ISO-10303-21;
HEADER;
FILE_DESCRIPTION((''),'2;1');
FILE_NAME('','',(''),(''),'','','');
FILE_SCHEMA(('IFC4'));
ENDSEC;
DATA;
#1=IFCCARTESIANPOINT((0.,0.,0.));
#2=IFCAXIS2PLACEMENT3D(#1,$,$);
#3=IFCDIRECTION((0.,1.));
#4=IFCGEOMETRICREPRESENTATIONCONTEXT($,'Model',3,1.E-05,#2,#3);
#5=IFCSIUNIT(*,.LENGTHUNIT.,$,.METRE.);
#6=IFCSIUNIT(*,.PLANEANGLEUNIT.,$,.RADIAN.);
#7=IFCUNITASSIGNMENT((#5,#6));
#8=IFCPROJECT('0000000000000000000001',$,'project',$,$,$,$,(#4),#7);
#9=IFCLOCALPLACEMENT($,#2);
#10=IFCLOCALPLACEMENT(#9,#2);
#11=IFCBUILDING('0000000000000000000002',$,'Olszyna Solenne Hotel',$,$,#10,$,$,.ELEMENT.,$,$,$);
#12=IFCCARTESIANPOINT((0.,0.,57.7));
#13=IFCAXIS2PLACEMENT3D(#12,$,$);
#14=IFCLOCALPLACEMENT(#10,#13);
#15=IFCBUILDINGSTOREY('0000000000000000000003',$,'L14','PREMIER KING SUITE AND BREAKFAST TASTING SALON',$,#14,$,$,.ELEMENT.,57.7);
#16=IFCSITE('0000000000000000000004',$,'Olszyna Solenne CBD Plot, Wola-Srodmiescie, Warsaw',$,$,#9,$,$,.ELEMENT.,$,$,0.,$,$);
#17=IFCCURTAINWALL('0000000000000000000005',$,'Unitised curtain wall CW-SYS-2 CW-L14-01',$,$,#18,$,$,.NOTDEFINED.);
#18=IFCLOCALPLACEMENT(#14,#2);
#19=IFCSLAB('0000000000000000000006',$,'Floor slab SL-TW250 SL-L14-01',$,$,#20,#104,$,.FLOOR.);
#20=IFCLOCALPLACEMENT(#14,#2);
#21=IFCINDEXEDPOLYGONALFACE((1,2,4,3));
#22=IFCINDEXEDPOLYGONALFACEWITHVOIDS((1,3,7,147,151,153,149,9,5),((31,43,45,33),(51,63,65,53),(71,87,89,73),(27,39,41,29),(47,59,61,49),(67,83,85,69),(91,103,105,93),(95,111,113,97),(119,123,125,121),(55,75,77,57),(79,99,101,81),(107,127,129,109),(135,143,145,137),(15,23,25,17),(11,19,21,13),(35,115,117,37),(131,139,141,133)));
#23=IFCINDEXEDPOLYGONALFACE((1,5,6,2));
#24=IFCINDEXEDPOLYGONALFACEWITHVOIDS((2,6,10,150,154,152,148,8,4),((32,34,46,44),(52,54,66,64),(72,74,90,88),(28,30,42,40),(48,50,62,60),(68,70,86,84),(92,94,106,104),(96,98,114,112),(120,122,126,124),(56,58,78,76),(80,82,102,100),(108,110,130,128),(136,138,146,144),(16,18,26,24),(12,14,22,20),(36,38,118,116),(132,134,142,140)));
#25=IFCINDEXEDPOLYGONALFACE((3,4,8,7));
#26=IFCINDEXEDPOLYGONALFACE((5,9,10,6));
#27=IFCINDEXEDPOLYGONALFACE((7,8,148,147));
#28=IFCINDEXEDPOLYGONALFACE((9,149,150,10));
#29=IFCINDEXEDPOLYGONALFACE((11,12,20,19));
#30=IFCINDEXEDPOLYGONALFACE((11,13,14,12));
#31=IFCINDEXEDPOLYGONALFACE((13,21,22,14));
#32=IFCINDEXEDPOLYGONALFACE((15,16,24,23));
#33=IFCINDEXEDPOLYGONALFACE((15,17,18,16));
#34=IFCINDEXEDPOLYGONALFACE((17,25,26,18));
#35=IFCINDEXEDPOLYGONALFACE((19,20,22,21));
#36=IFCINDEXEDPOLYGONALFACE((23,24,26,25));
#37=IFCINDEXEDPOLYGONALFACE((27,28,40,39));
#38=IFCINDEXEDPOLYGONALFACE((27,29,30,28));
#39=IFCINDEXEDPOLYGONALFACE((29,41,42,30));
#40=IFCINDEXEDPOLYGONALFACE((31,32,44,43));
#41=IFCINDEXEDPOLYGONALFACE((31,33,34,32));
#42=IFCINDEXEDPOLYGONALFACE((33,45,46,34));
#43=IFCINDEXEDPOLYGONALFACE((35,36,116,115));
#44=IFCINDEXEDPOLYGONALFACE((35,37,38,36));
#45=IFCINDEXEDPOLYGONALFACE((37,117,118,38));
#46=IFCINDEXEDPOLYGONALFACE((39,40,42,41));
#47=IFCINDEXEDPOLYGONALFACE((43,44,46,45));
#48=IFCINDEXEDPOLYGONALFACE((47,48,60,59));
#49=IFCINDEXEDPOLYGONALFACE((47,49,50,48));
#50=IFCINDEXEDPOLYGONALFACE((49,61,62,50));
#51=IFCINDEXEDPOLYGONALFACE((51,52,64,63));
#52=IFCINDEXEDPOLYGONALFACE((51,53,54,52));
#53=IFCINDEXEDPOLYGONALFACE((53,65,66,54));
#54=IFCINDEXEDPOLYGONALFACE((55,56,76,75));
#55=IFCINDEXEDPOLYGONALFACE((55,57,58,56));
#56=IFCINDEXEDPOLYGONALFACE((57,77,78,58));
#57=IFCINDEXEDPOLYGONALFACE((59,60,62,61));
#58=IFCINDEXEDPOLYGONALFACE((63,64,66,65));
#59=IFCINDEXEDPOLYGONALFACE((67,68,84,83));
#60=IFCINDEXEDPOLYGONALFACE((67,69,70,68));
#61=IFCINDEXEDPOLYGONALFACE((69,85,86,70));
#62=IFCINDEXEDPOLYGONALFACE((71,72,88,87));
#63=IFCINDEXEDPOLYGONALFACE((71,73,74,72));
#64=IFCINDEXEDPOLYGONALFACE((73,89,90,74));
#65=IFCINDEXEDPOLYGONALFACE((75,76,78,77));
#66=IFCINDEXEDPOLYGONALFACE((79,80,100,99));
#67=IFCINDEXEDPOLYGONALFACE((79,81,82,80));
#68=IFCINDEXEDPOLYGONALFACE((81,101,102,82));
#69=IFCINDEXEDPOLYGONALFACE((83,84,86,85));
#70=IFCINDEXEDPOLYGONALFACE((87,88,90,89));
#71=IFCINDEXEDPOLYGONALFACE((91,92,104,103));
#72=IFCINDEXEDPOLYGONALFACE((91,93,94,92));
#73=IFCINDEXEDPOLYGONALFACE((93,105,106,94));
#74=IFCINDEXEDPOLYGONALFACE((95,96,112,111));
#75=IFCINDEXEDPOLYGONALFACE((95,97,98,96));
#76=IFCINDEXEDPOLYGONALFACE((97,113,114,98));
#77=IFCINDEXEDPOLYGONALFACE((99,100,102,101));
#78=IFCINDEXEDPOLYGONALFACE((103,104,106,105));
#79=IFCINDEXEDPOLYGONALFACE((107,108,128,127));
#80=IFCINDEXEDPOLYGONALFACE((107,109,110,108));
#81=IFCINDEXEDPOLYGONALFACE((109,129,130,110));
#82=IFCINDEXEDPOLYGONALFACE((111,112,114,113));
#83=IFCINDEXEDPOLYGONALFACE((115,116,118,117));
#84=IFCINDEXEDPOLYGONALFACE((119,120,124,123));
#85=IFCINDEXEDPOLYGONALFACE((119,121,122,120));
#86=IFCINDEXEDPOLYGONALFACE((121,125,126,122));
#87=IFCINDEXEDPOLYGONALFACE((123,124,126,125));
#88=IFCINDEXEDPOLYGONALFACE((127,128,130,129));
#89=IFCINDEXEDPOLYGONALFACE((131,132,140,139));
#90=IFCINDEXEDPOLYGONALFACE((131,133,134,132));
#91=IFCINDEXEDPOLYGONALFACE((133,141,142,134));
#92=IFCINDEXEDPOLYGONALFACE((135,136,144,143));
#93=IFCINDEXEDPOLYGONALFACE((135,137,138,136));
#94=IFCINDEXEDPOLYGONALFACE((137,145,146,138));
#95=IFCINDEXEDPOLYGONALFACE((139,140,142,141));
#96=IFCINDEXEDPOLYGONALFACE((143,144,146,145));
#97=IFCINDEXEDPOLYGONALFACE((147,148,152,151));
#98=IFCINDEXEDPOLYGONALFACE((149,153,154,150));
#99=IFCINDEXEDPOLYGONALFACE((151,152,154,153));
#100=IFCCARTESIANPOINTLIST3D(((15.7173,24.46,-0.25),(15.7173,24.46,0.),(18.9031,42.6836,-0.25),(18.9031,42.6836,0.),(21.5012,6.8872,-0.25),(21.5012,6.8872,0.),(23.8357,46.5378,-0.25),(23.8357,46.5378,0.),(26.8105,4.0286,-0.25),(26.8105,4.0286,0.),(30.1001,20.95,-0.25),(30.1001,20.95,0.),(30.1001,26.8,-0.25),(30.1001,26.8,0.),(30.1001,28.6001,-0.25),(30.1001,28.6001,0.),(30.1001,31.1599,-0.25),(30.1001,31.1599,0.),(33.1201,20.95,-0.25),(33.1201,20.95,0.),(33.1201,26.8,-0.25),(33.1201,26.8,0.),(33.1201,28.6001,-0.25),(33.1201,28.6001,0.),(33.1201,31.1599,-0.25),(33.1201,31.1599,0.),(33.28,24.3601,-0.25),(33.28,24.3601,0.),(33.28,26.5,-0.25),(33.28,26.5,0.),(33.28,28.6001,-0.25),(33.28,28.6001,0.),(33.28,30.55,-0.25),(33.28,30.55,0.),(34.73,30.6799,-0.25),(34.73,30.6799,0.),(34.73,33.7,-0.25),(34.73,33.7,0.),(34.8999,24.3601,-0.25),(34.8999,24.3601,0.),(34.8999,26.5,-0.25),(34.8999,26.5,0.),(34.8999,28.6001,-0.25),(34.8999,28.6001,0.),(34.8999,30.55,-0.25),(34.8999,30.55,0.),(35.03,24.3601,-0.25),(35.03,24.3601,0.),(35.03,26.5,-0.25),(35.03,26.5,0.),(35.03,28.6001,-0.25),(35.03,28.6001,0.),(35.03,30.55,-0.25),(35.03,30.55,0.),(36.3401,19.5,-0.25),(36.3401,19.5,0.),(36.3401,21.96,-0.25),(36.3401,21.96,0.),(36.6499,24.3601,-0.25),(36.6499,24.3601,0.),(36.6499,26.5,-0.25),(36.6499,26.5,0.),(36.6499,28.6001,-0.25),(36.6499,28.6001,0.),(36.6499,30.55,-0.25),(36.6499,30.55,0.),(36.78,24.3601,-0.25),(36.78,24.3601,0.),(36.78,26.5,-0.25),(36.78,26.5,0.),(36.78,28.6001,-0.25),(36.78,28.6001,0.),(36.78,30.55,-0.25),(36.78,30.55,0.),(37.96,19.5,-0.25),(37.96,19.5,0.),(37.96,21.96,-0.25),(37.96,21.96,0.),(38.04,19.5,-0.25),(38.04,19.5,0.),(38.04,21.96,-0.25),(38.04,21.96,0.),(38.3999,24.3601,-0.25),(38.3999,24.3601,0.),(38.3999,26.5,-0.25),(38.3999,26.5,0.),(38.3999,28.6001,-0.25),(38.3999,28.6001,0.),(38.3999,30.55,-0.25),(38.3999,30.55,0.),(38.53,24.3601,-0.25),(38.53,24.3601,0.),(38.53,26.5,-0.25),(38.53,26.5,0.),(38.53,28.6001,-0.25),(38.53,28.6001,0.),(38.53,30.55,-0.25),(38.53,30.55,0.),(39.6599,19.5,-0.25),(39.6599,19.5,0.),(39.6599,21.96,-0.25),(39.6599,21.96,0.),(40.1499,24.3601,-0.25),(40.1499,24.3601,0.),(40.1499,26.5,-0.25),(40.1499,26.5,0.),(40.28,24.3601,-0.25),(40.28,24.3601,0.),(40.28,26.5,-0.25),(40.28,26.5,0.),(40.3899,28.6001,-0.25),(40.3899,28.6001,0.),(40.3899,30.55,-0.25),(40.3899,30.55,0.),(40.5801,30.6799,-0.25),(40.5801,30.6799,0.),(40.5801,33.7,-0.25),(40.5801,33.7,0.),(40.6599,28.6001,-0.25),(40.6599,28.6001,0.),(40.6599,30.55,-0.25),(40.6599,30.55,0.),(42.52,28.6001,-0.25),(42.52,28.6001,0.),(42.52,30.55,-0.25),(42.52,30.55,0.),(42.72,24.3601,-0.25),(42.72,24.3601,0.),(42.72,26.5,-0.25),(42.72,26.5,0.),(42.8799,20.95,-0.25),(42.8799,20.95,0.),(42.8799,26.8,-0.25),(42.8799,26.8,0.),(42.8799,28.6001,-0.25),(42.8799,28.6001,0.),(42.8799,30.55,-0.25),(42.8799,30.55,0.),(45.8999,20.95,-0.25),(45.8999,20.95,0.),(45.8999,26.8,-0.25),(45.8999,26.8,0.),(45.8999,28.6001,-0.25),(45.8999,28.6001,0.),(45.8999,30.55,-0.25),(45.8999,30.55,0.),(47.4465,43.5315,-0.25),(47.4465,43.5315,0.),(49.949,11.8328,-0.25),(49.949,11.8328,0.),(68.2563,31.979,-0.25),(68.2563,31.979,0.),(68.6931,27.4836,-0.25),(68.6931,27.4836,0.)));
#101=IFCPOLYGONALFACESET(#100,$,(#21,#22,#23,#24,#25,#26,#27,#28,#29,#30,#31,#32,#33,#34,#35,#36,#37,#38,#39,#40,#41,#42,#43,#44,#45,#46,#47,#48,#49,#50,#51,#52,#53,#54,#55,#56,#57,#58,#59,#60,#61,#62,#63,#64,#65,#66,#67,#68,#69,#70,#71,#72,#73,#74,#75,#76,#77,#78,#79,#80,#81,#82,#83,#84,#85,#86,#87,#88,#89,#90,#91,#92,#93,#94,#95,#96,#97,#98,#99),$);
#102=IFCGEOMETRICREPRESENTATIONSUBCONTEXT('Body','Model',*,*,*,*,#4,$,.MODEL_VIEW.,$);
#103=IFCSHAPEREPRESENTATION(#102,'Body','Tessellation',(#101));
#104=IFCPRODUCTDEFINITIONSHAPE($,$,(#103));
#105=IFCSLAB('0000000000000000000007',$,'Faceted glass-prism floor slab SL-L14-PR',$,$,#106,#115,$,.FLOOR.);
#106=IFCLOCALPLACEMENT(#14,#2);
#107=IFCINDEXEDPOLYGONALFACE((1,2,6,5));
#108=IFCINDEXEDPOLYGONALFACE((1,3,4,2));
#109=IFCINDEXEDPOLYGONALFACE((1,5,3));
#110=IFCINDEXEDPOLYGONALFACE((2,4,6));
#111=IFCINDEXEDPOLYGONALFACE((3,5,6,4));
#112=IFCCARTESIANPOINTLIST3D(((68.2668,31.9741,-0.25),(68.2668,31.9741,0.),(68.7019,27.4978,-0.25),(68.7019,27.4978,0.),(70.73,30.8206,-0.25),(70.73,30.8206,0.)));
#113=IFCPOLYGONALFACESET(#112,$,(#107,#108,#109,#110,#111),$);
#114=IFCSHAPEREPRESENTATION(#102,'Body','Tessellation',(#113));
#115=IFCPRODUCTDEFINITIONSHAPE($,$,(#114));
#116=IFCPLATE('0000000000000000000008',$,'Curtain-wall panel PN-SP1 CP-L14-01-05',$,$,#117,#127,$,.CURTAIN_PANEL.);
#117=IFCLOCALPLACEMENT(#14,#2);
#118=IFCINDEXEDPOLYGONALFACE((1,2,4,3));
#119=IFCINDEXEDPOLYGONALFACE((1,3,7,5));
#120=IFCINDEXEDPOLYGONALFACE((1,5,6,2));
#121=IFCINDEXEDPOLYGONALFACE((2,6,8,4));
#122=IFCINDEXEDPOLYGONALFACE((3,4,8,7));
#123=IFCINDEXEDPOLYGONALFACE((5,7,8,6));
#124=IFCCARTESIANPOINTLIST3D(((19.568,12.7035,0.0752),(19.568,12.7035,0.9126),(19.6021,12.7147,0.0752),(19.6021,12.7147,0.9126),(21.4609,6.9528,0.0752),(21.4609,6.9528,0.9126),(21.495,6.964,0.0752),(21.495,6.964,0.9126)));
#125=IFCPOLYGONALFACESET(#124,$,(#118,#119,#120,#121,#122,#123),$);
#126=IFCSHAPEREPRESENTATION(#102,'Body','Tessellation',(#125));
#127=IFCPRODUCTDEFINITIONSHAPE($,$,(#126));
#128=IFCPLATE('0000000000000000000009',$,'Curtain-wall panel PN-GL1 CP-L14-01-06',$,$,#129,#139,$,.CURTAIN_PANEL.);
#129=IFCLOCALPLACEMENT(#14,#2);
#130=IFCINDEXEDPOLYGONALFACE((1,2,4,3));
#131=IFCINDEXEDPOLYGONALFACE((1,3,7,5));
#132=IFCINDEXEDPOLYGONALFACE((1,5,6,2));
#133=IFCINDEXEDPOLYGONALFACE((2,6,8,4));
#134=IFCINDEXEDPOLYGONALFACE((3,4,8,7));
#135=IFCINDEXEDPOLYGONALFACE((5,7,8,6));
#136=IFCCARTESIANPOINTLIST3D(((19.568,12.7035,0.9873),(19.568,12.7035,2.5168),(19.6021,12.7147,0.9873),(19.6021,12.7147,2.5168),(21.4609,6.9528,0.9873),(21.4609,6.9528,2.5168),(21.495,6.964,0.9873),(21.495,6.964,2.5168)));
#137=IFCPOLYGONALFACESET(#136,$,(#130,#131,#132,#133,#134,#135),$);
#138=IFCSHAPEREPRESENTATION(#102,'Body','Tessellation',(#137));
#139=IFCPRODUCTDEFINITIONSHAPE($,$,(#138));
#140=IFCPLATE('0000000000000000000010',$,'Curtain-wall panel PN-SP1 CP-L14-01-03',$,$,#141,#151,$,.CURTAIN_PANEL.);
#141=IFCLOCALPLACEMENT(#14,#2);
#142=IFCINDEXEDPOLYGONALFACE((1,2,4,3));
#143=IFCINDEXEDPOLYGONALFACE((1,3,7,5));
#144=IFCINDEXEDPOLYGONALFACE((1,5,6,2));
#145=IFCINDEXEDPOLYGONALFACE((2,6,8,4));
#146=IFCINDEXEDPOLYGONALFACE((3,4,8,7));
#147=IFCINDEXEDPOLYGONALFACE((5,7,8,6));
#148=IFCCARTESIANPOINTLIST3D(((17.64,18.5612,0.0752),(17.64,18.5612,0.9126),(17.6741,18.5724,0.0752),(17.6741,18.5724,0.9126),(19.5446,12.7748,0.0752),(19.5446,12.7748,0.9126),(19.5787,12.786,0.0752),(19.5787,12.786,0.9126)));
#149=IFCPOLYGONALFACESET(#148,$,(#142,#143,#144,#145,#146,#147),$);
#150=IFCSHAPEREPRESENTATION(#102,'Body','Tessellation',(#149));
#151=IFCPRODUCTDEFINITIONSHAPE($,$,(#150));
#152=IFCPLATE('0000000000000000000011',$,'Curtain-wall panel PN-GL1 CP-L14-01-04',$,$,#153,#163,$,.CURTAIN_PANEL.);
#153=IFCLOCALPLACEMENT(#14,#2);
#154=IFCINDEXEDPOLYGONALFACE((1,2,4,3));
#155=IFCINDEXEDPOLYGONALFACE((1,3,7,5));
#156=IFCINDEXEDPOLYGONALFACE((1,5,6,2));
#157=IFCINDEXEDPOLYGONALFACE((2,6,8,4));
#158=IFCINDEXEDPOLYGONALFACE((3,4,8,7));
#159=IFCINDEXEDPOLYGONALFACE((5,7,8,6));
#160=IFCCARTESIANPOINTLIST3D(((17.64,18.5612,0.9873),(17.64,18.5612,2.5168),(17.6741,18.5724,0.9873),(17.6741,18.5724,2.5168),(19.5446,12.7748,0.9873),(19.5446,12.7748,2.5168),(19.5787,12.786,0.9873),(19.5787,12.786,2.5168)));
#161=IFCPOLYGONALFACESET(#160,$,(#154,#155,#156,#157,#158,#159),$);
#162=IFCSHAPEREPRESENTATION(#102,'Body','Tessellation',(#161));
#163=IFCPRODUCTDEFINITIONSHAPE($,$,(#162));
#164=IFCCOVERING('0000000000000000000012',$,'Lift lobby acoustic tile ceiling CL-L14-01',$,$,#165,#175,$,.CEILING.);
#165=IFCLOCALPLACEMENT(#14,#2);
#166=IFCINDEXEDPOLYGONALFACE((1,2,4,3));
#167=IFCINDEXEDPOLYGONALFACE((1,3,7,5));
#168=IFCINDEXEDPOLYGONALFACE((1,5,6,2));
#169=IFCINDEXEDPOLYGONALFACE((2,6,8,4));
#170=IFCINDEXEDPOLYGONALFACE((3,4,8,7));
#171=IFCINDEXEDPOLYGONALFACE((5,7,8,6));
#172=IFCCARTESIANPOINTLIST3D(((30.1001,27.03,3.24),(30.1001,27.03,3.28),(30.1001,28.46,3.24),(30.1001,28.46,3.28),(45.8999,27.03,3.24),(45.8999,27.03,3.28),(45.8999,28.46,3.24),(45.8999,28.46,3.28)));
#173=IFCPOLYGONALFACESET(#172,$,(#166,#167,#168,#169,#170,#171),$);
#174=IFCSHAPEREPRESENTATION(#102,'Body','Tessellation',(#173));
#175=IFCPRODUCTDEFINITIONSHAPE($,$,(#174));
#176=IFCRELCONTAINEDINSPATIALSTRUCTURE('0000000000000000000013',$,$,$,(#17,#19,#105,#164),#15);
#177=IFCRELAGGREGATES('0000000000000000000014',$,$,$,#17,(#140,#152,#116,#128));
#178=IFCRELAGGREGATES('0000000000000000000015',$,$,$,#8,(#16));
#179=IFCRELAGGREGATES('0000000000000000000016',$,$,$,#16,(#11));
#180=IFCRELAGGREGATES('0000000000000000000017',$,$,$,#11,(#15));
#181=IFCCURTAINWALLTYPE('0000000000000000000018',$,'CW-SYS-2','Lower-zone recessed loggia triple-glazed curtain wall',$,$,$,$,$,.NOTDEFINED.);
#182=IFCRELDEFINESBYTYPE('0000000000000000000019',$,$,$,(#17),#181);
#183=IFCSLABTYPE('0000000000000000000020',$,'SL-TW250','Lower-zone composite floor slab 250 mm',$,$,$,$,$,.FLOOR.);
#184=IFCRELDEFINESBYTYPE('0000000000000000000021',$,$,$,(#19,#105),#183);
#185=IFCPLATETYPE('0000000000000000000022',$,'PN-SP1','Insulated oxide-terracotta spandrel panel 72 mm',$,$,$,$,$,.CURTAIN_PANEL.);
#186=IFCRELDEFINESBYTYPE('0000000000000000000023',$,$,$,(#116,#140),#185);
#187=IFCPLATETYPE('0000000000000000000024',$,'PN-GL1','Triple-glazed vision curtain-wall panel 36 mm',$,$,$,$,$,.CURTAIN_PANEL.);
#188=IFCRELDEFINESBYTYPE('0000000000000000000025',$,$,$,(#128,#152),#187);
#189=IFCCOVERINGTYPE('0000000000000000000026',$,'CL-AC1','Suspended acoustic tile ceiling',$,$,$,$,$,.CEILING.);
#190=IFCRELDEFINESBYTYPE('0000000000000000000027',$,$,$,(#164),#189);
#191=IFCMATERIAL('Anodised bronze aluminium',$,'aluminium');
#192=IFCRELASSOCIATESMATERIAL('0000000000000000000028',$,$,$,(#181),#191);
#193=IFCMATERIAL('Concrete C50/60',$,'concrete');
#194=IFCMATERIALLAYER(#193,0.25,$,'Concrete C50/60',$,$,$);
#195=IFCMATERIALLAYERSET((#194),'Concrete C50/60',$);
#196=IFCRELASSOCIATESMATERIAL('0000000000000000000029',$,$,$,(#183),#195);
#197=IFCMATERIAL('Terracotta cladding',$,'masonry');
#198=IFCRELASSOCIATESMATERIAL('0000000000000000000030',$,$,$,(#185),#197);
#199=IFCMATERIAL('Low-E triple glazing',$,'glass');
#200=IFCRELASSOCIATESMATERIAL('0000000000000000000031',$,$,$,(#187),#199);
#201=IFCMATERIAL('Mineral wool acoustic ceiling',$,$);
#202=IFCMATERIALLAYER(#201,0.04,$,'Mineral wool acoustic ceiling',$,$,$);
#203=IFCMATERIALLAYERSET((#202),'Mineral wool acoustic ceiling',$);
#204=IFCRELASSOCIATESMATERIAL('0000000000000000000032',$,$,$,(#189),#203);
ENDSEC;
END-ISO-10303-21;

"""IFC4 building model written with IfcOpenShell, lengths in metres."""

from ifc_helpers import new_model, si_unit, direction, frame, origin, origin_2d, place, context, subcontext, project, spatial, polyline, rectangle, outline, extrude, source, transform, mapped, material, layer, layer_set, type_object, element, aggregate, save


model = new_model("IFC4")

# Units and contexts
model_context = context("Model", 3, precision=1e-05, world=origin(), true_north=direction((0.0, 1.0)))
body_context = subcontext(model_context, "Body", "Model", "MODEL_VIEW")
ifc_project = project(units=[si_unit("LENGTHUNIT", "METRE"), si_unit("PLANEANGLEUNIT", "RADIAN")], contexts=[model_context])

# Site, building, storey
site_placement = place(None, origin())
site = spatial("IfcSite", under=ifc_project, at=site_placement, Name="Olszyna Solenne CBD Plot, Wola-Srodmiescie, Warsaw", CompositionType="ELEMENT", RefElevation=0.0)
building_placement = place(site_placement, origin())
building = spatial("IfcBuilding", under=site, at=building_placement, Name="Olszyna Solenne Hotel", CompositionType="ELEMENT")
storey_placement = place(building_placement, frame((0.0, 0.0, 57.7)))
storey = spatial("IfcBuildingStorey", under=building, at=storey_placement, Name="L14", Description="PREMIER KING SUITE AND BREAKFAST TASTING SALON", CompositionType="ELEMENT", Elevation=57.7)

# Curtain wall
ifc_material_1 = material(Name="Anodised bronze aluminium", Category="aluminium")
curtain_wall_type = type_object("IfcCurtainWallType", Name="CW-SYS-2", Description="Lower-zone recessed loggia triple-glazed curtain wall", PredefinedType="NOTDEFINED", material=ifc_material_1)
curtain_wall_placement = place(storey_placement, origin())
curtain_wall = element("IfcCurtainWall", 1, at=curtain_wall_placement, inside=storey, type_object=curtain_wall_type, Name="Unitised curtain wall CW-SYS-2 CW-L14-01", PredefinedType="NOTDEFINED")

# Slabs
ifc_material_2 = material(Name="Concrete C50/60", Category="concrete")
ifc_layer_1 = layer(ifc_material_2, 0.25, Name="Concrete C50/60")
ifc_layer_set_1 = layer_set([ifc_layer_1], Name="Concrete C50/60")
slab_type_1 = type_object("IfcSlabType", Name="SL-TW250", Description="Lower-zone composite floor slab 250 mm", PredefinedType="FLOOR", material=ifc_layer_set_1)
slab_1_placement = place(storey_placement, frame((0.0, 0.0, -0.25)))
element("IfcSlab", 2, at=slab_1_placement, inside=storey, type_object=slab_type_1, Name="Floor slab SL-TW250 SL-L14-01", PredefinedType="FLOOR", context=body_context, shape_type="SweptSolid", body=[
    extrude(outline(polyline([(68.6931, 27.4836), (68.2563, 31.979), (47.4465, 43.5315), (23.8357, 46.5378), (18.9031, 42.6836), (15.7173, 24.46), (21.5012, 6.8872), (26.8105, 4.0286), (49.949, 11.8328), (68.6931, 27.4836)]), holes=[polyline([(30.1001, 20.95), (33.1201, 20.95), (33.1201, 26.8), (30.1001, 26.8), (30.1001, 20.95)]), polyline([(42.8799, 20.95), (45.8999, 20.95), (45.8999, 26.8), (42.8799, 26.8), (42.8799, 20.95)]), polyline([(34.73, 30.6799), (40.5801, 30.6799), (40.5801, 33.7), (34.73, 33.7), (34.73, 30.6799)]), polyline([(36.3401, 19.5), (37.96, 19.5), (37.96, 21.96), (36.3401, 21.96), (36.3401, 19.5)]), polyline([(38.04, 19.5), (39.6599, 19.5), (39.6599, 21.96), (38.04, 21.96), (38.04, 19.5)]), polyline([(30.1001, 28.6001), (33.1201, 28.6001), (33.1201, 31.1599), (30.1001, 31.1599), (30.1001, 28.6001)]), polyline([(33.28, 24.3601), (34.8999, 24.3601), (34.8999, 26.5), (33.28, 26.5), (33.28, 24.3601)]), polyline([(35.03, 24.3601), (36.6499, 24.3601), (36.6499, 26.5), (35.03, 26.5), (35.03, 24.3601)]), polyline([(36.78, 24.3601), (38.3999, 24.3601), (38.3999, 26.5), (36.78, 26.5), (36.78, 24.3601)]), polyline([(38.53, 24.3601), (40.1499, 24.3601), (40.1499, 26.5), (38.53, 26.5), (38.53, 24.3601)]), polyline([(40.28, 24.3601), (42.72, 24.3601), (42.72, 26.5), (40.28, 26.5), (40.28, 24.3601)]), polyline([(33.28, 28.6001), (34.8999, 28.6001), (34.8999, 30.55), (33.28, 30.55), (33.28, 28.6001)]), polyline([(35.03, 28.6001), (36.6499, 28.6001), (36.6499, 30.55), (35.03, 30.55), (35.03, 28.6001)]), polyline([(36.78, 28.6001), (38.3999, 28.6001), (38.3999, 30.55), (36.78, 30.55), (36.78, 28.6001)]), polyline([(38.53, 28.6001), (40.3899, 28.6001), (40.3899, 30.55), (38.53, 30.55), (38.53, 28.6001)]), polyline([(40.6599, 28.6001), (42.52, 28.6001), (42.52, 30.55), (40.6599, 30.55), (40.6599, 28.6001)]), polyline([(42.8799, 28.6001), (45.8999, 28.6001), (45.8999, 30.55), (42.8799, 30.55), (42.8799, 28.6001)])]), origin(), (0.0, 0.0, 1.0), 0.25),
])
slab_2_placement = place(storey_placement, frame((0.0, 0.0, -0.25)))
element("IfcSlab", 3, at=slab_2_placement, inside=storey, type_object=slab_type_1, Name="Faceted glass-prism floor slab SL-L14-PR", PredefinedType="FLOOR", context=body_context, shape_type="SweptSolid", body=[
    extrude(outline(polyline([(68.2668, 31.9741), (68.7019, 27.4978), (70.73, 30.8206), (68.2668, 31.9741)])), origin(), (0.0, 0.0, 1.0), 0.25),
])

# Plates
ifc_material_3 = material(Name="Terracotta cladding", Category="masonry")
plate_type_1 = type_object("IfcPlateType", Name="PN-SP1", Description="Insulated oxide-terracotta spandrel panel 72 mm", PredefinedType="CURTAIN_PANEL", material=ifc_material_3)
shared_shape_1 = source(origin(), body_context, "Body", "SweptSolid", [
    extrude(rectangle(XDim=6.0542, YDim=0.0359, at=origin_2d()), origin(), (0.0, 0.0, 1.0), 0.8374),
])
plate_1_placement = place(storey_placement, frame((20.5315, 9.8337, 0.0752), z_axis=(0.0, 0.0, 1.0), x_axis=(0.312647, -0.94987, 0.0)))
plate_1 = element("IfcPlate", 4, at=plate_1_placement, type_object=plate_type_1, Name="Curtain-wall panel PN-SP1 CP-L14-01-05", PredefinedType="CURTAIN_PANEL", context=body_context, shape_type="MappedRepresentation", body=[
    mapped(shared_shape_1, transform((0.0, 0.0, 0.0), x_axis=(1.0, 0.0, 0.0), y_axis=(0.0, 1.0, 0.0), z_axis=(0.0, 0.0, 1.0), scale=1.0)),
])
ifc_material_4 = material(Name="Low-E triple glazing", Category="glass")
plate_type_2 = type_object("IfcPlateType", Name="PN-GL1", Description="Triple-glazed vision curtain-wall panel 36 mm", PredefinedType="CURTAIN_PANEL", material=ifc_material_4)
shared_shape_2 = source(origin(), body_context, "Body", "SweptSolid", [
    extrude(rectangle(XDim=6.0542, YDim=0.0359, at=origin_2d()), origin(), (0.0, 0.0, 1.0), 1.5295),
])
plate_2_placement = place(storey_placement, frame((20.5315, 9.8337, 0.9873), z_axis=(0.0, 0.0, 1.0), x_axis=(0.312647, -0.94987, 0.0)))
plate_2 = element("IfcPlate", 5, at=plate_2_placement, type_object=plate_type_2, Name="Curtain-wall panel PN-GL1 CP-L14-01-06", PredefinedType="CURTAIN_PANEL", context=body_context, shape_type="MappedRepresentation", body=[
    mapped(shared_shape_2, transform((0.0, 0.0, 0.0), x_axis=(1.0, 0.0, 0.0), y_axis=(0.0, 1.0, 0.0), z_axis=(0.0, 0.0, 1.0), scale=1.0)),
])
shared_shape_3 = source(origin(), body_context, "Body", "SweptSolid", [
    extrude(rectangle(XDim=6.0918, YDim=0.0359, at=origin_2d()), origin(), (0.0, 0.0, 1.0), 0.8374),
])
plate_3_placement = place(storey_placement, frame((18.6094, 15.6736, 0.0752), z_axis=(0.0, 0.0, 1.0), x_axis=(0.312647, -0.94987, 0.0)))
plate_3 = element("IfcPlate", 6, at=plate_3_placement, type_object=plate_type_1, Name="Curtain-wall panel PN-SP1 CP-L14-01-03", PredefinedType="CURTAIN_PANEL", context=body_context, shape_type="MappedRepresentation", body=[
    mapped(shared_shape_3, transform((0.0, 0.0, 0.0), x_axis=(1.0, 0.0, 0.0), y_axis=(0.0, 1.0, 0.0), z_axis=(0.0, 0.0, 1.0), scale=1.0)),
])
shared_shape_4 = source(origin(), body_context, "Body", "SweptSolid", [
    extrude(rectangle(XDim=6.0918, YDim=0.0359, at=origin_2d()), origin(), (0.0, 0.0, 1.0), 1.5295),
])
plate_4_placement = place(storey_placement, frame((18.6094, 15.6736, 0.9873), z_axis=(0.0, 0.0, 1.0), x_axis=(0.312647, -0.94987, 0.0)))
plate_4 = element("IfcPlate", 7, at=plate_4_placement, type_object=plate_type_2, Name="Curtain-wall panel PN-GL1 CP-L14-01-04", PredefinedType="CURTAIN_PANEL", context=body_context, shape_type="MappedRepresentation", body=[
    mapped(shared_shape_4, transform((0.0, 0.0, 0.0), x_axis=(1.0, 0.0, 0.0), y_axis=(0.0, 1.0, 0.0), z_axis=(0.0, 0.0, 1.0), scale=1.0)),
])
aggregate(curtain_wall, [plate_3, plate_4, plate_1, plate_2])

# Covering
ifc_material_5 = material(Name="Mineral wool acoustic ceiling")
ifc_layer_2 = layer(ifc_material_5, 0.04, Name="Mineral wool acoustic ceiling")
ifc_layer_set_2 = layer_set([ifc_layer_2], Name="Mineral wool acoustic ceiling")
covering_type_1 = type_object("IfcCoveringType", Name="CL-AC1", Description="Suspended acoustic tile ceiling", PredefinedType="CEILING", material=ifc_layer_set_2)
covering_1_placement = place(storey_placement, frame((0.0, 0.0, 3.24)))
element("IfcCovering", 8, at=covering_1_placement, inside=storey, type_object=covering_type_1, Name="Lift lobby acoustic tile ceiling CL-L14-01", PredefinedType="CEILING", context=body_context, shape_type="SweptSolid", body=[
    extrude(outline(polyline([(30.1001, 27.03), (45.8999, 27.03), (45.8999, 28.46), (30.1001, 28.46), (30.1001, 27.03)])), origin(), (0.0, 0.0, 1.0), 0.04),
])

save(model, "model.ifc")
